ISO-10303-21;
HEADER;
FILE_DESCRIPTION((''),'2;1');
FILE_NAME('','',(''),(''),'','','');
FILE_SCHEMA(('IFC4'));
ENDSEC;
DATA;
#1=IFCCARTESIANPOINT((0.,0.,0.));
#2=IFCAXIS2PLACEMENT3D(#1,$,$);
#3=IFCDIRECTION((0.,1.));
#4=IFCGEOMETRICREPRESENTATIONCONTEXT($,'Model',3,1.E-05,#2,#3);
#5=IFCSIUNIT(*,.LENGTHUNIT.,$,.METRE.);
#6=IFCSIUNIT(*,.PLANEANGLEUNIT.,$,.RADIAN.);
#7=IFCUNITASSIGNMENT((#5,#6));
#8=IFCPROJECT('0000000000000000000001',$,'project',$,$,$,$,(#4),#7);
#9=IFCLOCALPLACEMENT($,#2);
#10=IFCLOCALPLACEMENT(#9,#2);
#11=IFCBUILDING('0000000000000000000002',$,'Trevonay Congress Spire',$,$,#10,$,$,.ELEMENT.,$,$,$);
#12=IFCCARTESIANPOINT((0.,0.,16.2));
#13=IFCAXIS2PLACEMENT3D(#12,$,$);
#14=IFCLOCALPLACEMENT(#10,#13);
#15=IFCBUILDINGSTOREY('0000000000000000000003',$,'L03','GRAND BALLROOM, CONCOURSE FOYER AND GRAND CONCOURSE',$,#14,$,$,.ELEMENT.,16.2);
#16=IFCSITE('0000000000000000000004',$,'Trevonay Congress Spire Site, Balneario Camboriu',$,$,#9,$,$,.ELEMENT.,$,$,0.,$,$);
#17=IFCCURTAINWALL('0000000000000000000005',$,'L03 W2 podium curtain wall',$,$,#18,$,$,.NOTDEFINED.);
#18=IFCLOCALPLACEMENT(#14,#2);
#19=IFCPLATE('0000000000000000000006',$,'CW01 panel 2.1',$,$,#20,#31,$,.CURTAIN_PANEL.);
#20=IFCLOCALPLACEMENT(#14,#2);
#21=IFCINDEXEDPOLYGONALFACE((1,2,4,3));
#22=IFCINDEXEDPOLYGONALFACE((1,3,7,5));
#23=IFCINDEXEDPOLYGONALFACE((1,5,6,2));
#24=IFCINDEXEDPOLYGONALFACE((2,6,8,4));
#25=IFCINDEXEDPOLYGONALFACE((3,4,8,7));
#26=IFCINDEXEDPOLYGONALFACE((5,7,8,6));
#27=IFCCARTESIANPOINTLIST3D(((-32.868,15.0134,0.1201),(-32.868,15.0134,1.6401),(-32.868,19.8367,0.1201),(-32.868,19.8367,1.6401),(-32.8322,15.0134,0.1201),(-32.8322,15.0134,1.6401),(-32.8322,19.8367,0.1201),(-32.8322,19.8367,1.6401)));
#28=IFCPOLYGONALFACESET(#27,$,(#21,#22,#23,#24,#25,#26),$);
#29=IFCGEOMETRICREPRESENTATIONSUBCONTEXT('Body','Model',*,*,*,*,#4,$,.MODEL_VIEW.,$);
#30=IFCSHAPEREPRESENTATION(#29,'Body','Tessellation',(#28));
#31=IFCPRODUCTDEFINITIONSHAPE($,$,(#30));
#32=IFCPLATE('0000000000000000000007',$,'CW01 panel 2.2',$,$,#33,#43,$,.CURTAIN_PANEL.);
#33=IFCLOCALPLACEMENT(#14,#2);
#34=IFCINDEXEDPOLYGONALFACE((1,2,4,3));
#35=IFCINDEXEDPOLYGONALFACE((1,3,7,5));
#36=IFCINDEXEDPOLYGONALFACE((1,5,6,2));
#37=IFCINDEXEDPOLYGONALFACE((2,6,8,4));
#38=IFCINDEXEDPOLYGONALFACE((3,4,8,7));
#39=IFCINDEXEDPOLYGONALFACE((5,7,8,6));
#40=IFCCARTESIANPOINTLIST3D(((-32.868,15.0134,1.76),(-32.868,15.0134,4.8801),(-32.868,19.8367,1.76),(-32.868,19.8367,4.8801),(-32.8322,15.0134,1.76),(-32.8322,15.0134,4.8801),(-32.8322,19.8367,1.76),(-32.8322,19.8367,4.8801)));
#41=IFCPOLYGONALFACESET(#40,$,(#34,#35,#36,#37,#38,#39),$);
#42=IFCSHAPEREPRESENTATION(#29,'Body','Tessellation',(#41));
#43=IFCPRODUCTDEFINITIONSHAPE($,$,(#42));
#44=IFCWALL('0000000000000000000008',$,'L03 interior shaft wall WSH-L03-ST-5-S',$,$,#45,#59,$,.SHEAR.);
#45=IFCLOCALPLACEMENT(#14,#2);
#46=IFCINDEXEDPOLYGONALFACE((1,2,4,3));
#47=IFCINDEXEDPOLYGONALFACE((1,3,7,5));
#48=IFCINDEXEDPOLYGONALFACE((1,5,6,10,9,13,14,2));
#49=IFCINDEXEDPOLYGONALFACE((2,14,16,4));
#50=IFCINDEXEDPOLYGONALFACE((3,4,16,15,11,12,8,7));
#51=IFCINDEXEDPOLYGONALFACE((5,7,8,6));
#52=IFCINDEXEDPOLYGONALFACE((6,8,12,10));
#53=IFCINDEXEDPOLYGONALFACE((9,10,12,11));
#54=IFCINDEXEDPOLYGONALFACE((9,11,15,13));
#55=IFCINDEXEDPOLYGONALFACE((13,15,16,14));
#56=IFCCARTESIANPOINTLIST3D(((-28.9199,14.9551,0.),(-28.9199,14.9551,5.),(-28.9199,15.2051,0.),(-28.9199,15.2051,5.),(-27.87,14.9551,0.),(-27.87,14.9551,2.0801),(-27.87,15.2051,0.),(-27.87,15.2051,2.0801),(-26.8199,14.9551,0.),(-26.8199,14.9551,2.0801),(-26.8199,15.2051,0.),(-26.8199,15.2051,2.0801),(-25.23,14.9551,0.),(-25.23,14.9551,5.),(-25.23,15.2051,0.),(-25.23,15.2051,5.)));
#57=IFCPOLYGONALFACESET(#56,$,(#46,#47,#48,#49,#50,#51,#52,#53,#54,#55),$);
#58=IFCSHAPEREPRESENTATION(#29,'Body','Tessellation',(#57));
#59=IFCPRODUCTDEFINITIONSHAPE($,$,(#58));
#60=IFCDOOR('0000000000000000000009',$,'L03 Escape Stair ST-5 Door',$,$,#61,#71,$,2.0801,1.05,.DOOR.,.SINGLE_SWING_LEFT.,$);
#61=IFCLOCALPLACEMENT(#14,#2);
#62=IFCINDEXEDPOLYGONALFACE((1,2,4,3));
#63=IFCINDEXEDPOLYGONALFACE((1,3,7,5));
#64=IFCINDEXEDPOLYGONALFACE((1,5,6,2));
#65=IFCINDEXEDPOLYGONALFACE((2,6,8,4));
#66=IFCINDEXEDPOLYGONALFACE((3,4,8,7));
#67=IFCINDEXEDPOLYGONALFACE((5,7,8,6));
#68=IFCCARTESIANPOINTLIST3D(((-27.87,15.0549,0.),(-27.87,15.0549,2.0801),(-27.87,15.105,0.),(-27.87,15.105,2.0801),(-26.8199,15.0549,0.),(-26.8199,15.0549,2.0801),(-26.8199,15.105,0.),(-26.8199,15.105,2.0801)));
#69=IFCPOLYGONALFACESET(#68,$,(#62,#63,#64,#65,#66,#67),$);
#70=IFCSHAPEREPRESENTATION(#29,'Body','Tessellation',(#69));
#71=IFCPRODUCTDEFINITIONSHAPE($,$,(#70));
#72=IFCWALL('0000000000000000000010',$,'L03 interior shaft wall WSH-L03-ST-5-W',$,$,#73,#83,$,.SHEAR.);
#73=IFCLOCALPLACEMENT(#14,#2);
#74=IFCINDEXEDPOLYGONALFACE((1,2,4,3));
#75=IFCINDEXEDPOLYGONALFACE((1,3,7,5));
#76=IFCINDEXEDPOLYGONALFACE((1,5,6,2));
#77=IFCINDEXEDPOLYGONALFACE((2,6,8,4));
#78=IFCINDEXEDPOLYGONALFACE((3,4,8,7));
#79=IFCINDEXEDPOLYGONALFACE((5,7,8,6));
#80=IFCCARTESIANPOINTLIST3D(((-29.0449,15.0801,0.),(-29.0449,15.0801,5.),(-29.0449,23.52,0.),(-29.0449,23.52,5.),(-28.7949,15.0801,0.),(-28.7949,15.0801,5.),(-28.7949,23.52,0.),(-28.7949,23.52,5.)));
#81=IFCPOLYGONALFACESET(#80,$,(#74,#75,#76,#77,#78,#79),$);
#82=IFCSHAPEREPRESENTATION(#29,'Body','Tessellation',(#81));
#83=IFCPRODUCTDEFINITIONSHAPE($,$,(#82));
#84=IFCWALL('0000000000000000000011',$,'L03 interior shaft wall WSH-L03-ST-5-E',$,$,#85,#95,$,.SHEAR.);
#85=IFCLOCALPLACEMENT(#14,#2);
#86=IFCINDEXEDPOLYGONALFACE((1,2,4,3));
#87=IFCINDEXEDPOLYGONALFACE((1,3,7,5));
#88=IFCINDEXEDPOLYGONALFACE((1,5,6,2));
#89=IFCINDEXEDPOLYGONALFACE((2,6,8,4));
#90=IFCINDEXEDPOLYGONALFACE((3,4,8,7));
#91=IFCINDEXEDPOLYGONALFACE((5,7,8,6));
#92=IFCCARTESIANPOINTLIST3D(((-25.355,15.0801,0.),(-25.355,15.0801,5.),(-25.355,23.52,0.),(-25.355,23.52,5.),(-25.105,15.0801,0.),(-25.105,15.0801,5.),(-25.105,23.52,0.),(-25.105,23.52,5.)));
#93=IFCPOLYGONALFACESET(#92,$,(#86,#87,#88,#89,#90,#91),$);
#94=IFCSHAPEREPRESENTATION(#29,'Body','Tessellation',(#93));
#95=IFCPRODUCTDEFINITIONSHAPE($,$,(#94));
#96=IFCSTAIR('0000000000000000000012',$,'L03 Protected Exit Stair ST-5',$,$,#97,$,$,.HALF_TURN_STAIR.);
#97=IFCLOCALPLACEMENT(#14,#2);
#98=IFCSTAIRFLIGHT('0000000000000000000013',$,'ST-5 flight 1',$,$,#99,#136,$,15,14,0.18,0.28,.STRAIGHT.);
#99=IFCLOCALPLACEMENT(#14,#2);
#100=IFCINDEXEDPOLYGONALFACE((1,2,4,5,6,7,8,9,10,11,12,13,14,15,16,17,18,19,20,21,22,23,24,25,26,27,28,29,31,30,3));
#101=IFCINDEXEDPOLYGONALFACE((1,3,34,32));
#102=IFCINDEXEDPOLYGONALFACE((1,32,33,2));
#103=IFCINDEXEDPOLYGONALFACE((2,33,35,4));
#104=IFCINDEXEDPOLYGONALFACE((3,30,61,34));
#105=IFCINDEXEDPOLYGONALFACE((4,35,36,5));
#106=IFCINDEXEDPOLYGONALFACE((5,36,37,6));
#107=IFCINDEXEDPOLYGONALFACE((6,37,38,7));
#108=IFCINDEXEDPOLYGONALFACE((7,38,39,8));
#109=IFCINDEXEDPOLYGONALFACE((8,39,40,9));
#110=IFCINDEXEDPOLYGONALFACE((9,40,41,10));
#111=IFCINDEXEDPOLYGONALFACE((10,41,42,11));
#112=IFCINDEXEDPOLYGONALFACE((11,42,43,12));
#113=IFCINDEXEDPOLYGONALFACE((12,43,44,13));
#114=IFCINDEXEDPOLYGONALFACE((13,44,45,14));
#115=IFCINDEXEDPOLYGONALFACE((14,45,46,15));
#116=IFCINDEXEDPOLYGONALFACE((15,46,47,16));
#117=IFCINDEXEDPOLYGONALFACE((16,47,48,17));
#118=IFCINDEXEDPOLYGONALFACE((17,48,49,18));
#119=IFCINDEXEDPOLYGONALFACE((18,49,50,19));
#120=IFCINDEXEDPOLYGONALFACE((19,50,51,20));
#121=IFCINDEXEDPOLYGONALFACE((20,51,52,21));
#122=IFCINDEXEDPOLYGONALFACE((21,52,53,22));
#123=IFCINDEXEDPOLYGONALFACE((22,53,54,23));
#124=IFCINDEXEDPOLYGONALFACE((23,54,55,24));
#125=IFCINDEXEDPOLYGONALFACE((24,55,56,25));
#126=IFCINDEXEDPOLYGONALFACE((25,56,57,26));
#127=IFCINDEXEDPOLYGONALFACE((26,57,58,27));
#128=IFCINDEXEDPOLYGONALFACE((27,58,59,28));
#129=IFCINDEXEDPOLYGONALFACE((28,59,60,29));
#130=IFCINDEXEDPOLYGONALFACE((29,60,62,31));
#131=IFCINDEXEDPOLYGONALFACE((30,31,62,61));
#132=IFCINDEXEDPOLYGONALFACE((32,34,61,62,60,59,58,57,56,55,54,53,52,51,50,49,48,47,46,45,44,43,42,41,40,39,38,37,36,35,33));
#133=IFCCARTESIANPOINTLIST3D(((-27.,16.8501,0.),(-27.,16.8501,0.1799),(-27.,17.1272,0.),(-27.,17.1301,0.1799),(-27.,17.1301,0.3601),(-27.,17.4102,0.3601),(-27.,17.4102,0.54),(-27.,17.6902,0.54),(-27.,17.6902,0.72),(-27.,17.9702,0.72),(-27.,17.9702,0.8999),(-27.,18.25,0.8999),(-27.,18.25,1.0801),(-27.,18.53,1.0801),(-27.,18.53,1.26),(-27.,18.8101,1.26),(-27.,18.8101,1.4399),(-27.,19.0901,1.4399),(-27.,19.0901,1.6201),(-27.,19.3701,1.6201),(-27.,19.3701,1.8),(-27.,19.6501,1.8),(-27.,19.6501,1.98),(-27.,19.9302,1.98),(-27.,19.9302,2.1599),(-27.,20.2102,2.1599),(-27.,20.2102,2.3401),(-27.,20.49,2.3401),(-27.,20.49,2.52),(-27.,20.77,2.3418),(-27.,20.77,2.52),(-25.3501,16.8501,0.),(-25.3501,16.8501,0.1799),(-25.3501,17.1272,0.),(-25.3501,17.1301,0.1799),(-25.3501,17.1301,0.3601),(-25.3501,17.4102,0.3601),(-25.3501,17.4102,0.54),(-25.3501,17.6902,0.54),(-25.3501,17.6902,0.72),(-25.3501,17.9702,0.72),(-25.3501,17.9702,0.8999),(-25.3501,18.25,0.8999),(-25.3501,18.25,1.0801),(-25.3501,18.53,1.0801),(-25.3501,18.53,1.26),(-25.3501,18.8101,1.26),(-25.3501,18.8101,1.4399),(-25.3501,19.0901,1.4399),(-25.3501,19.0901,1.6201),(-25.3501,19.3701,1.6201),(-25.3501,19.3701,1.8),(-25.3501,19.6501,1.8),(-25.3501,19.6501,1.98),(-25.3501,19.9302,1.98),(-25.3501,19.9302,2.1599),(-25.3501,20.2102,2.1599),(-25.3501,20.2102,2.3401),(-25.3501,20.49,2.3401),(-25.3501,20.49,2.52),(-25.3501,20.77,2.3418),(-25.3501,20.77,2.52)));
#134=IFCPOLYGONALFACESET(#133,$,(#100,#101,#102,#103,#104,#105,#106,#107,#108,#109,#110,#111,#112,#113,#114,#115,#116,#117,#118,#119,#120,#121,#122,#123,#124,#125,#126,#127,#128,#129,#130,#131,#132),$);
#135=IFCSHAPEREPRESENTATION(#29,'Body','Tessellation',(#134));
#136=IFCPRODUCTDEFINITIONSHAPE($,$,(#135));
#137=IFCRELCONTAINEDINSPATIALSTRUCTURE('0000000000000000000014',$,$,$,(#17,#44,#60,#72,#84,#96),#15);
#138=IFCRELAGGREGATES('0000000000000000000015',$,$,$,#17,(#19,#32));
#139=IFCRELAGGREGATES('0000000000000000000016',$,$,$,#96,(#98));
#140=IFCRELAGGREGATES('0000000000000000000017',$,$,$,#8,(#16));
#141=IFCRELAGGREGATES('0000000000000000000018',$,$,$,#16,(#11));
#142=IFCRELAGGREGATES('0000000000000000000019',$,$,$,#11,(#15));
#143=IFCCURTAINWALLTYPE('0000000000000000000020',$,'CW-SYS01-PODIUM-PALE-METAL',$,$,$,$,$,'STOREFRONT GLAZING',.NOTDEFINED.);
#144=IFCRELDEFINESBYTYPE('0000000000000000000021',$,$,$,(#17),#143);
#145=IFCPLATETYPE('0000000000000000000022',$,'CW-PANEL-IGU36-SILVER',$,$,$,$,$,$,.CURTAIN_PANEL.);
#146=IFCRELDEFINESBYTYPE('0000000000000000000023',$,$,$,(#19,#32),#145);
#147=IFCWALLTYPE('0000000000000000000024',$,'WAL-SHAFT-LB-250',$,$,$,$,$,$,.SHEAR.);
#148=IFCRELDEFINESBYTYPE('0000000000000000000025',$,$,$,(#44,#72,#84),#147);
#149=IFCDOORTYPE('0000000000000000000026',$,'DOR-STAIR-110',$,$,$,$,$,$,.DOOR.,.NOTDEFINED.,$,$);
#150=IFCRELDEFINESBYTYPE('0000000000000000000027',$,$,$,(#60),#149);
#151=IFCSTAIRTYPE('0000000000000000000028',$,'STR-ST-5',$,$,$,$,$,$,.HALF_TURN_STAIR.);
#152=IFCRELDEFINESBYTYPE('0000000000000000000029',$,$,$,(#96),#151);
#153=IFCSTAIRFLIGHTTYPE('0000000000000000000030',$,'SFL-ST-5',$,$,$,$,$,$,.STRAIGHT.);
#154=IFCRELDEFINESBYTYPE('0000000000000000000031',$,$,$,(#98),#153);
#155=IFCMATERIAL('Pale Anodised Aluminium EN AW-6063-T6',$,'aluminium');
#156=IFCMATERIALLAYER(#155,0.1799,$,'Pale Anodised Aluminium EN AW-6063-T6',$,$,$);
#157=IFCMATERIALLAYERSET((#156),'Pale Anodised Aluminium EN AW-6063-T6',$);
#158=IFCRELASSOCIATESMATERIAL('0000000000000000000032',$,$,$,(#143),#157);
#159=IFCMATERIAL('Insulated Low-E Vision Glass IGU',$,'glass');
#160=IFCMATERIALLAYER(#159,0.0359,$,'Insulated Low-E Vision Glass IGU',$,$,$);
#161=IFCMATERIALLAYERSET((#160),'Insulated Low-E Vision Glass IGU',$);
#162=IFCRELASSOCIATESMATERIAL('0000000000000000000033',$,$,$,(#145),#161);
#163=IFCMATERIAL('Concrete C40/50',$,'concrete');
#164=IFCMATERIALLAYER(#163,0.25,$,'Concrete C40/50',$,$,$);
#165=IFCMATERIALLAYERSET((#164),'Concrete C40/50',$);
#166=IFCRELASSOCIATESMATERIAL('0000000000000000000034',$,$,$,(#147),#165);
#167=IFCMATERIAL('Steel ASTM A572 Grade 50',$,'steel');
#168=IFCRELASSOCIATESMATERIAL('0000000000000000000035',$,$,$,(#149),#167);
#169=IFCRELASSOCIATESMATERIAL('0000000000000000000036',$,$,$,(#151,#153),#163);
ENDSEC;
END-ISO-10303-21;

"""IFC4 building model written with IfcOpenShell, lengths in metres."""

from ifc_helpers import new_model, si_unit, direction, frame, frame_2d, origin, origin_2d, place, context, subcontext, project, spatial, polyline, rectangle, outline, extrude, material, layer, layer_set, type_object, element, fill, aggregate, save


model = new_model("IFC4")

# Units and contexts
model_context = context("Model", 3, precision=1e-05, world=origin(), true_north=direction((0.0, 1.0)))
body_context = subcontext(model_context, "Body", "Model", "MODEL_VIEW")
ifc_project = project(units=[si_unit("LENGTHUNIT", "METRE"), si_unit("PLANEANGLEUNIT", "RADIAN")], contexts=[model_context])

# Site, building, storey
site_placement = place(None, origin())
site = spatial("IfcSite", under=ifc_project, at=site_placement, Name="Trevonay Congress Spire Site, Balneario Camboriu", CompositionType="ELEMENT", RefElevation=0.0)
building_placement = place(site_placement, origin())
building = spatial("IfcBuilding", under=site, at=building_placement, Name="Trevonay Congress Spire", CompositionType="ELEMENT")
storey_placement = place(building_placement, frame((0.0, 0.0, 16.2)))
storey = spatial("IfcBuildingStorey", under=building, at=storey_placement, Name="L03", Description="GRAND BALLROOM, CONCOURSE FOYER AND GRAND CONCOURSE", CompositionType="ELEMENT", Elevation=16.2)

# Shared definitions
ifc_material_1 = material(Name="Steel ASTM A572 Grade 50", Category="steel")

# Curtain wall, plates
ifc_material_2 = material(Name="Pale Anodised Aluminium EN AW-6063-T6", Category="aluminium")
ifc_layer_1 = layer(ifc_material_2, 0.1799, Name="Pale Anodised Aluminium EN AW-6063-T6")
ifc_layer_set_1 = layer_set([ifc_layer_1], Name="Pale Anodised Aluminium EN AW-6063-T6")
curtain_wall_type = type_object("IfcCurtainWallType", Name="CW-SYS01-PODIUM-PALE-METAL", ElementType="STOREFRONT GLAZING", PredefinedType="NOTDEFINED", material=ifc_layer_set_1)
curtain_wall_placement = place(storey_placement, origin())
curtain_wall = element("IfcCurtainWall", 1, at=curtain_wall_placement, inside=storey, type_object=curtain_wall_type, Name="L03 W2 podium curtain wall", PredefinedType="NOTDEFINED")
ifc_material_3 = material(Name="Insulated Low-E Vision Glass IGU", Category="glass")
ifc_layer_2 = layer(ifc_material_3, 0.0359, Name="Insulated Low-E Vision Glass IGU")
ifc_layer_set_2 = layer_set([ifc_layer_2], Name="Insulated Low-E Vision Glass IGU")
plate_type = type_object("IfcPlateType", Name="CW-PANEL-IGU36-SILVER", PredefinedType="CURTAIN_PANEL", material=ifc_layer_set_2)
plate_1_placement = place(storey_placement, frame((-32.8501, 17.425, 0.1201), z_axis=(0.0, 0.0, 1.0), x_axis=(0.0, 1.0, 0.0)))
plate_1 = element("IfcPlate", 2, at=plate_1_placement, type_object=plate_type, Name="CW01 panel 2.1", PredefinedType="CURTAIN_PANEL", context=body_context, shape_type="SweptSolid", body=[
    extrude(rectangle(XDim=4.8232, YDim=0.0359, at=origin_2d()), origin(), (0.0, 0.0, 1.0), 1.52),
])
plate_2_placement = place(storey_placement, frame((-32.8501, 17.425, 1.76), z_axis=(0.0, 0.0, 1.0), x_axis=(0.0, 1.0, 0.0)))
plate_2 = element("IfcPlate", 3, at=plate_2_placement, type_object=plate_type, Name="CW01 panel 2.2", PredefinedType="CURTAIN_PANEL", context=body_context, shape_type="SweptSolid", body=[
    extrude(rectangle(XDim=4.8232, YDim=0.0359, at=origin_2d()), origin(), (0.0, 0.0, 1.0), 3.1201),
])
aggregate(curtain_wall, [plate_1, plate_2])

# Wall, opening, door
ifc_material_4 = material(Name="Concrete C40/50", Category="concrete")
ifc_layer_3 = layer(ifc_material_4, 0.25, Name="Concrete C40/50")
ifc_layer_set_3 = layer_set([ifc_layer_3], Name="Concrete C40/50")
wall_type = type_object("IfcWallType", Name="WAL-SHAFT-LB-250", PredefinedType="SHEAR", material=ifc_layer_set_3)
wall_placement = place(storey_placement, frame((-28.9199, 15.0801, 0.0), z_axis=(0.0, 0.0, 1.0), x_axis=(1.0, 0.0, 0.0)))
wall = element("IfcWall", 4, at=wall_placement, inside=storey, type_object=wall_type, Name="L03 interior shaft wall WSH-L03-ST-5-S", PredefinedType="SHEAR", context=body_context, shape_type="SweptSolid", body=[
    extrude(rectangle(XDim=3.6899, YDim=0.25, at=frame_2d((1.845, 0.0))), origin(), (0.0, 0.0, 1.0), 5.0),
])
opening_placement = place(wall_placement, frame((1.05, 0.0, 0.0)))
opening = element("IfcOpeningElement", 5, at=opening_placement, cuts=wall, PredefinedType="OPENING", context=body_context, shape_type="SweptSolid", body=[
    extrude(rectangle(XDim=1.05, YDim=2.0801, at=frame_2d((0.5249, 1.04))), frame((0.0, 0.135, 0.0), z_axis=(0.0, -1.0, 0.0), x_axis=(1.0, 0.0, 0.0)), (0.0, 0.0, 1.0), 0.27),
])
door_type = type_object("IfcDoorType", Name="DOR-STAIR-110", OperationType="NOTDEFINED", PredefinedType="DOOR", material=ifc_material_1)
door_placement = place(opening_placement, origin())
door = element("IfcDoor", 6, at=door_placement, inside=storey, type_object=door_type, Name="L03 Escape Stair ST-5 Door", OperationType="SINGLE_SWING_LEFT", OverallHeight=2.0801, OverallWidth=1.05, PredefinedType="DOOR", context=body_context, shape_type="SweptSolid", body=[
    extrude(rectangle(XDim=1.05, YDim=2.0801, at=frame_2d((0.5249, 1.04))), frame((0.0, 0.0249, 0.0), z_axis=(0.0, -1.0, 0.0), x_axis=(1.0, 0.0, 0.0)), (0.0, 0.0, 1.0), 0.05),
])
fill(opening, door)

# Walls
for number, where, z_axis, x_axis, name in (
    (7, (-28.9199, 15.0801, 0.0), (0.0, 0.0, 1.0), (0.0, 1.0, 0.0), "L03 interior shaft wall WSH-L03-ST-5-W"),
    (8, (-25.23, 15.0801, 0.0), (0.0, 0.0, 1.0), (0.0, 1.0, 0.0), "L03 interior shaft wall WSH-L03-ST-5-E"),
):
    element("IfcWall", number, at=place(storey_placement, frame(where, z_axis=z_axis, x_axis=x_axis)), inside=storey, type_object=wall_type, Name=name, PredefinedType="SHEAR", context=body_context, shape_type="SweptSolid", body=[
        extrude(rectangle(XDim=8.4399, YDim=0.25, at=frame_2d((4.22, 0.0))), origin(), (0.0, 0.0, 1.0), 5.0),
    ])

# Stair, stair flight
stair_type = type_object("IfcStairType", Name="STR-ST-5", PredefinedType="HALF_TURN_STAIR", material=ifc_material_4)
stair_placement = place(storey_placement, origin())
stair = element("IfcStair", 9, at=stair_placement, inside=storey, type_object=stair_type, Name="L03 Protected Exit Stair ST-5", PredefinedType="HALF_TURN_STAIR")
stair_flight_type = type_object("IfcStairFlightType", Name="SFL-ST-5", PredefinedType="STRAIGHT", material=ifc_material_4)
stair_flight_placement = place(storey_placement, frame((-26.175, 16.8501, 0.0), z_axis=(0.0, 0.0, 1.0), x_axis=(0.0, 1.0, 0.0)))
stair_flight = element("IfcStairFlight", 10, at=stair_flight_placement, type_object=stair_flight_type, Name="ST-5 flight 1", NumberOfRisers=15, NumberOfTreads=14, PredefinedType="STRAIGHT", RiserHeight=0.18, TreadLength=0.28, context=body_context, shape_type="SweptSolid", body=[
    extrude(outline(polyline([(0.0, 0.0), (0.0, 0.1799), (0.28, 0.1799), (0.28, 0.3601), (0.5601, 0.3601), (0.5601, 0.54), (0.8401, 0.54), (0.8401, 0.72), (1.1201, 0.72), (1.1201, 0.8999), (1.3999, 0.8999), (1.3999, 1.0801), (1.6799, 1.0801), (1.6799, 1.26), (1.96, 1.26), (1.96, 1.4399), (2.24, 1.4399), (2.24, 1.6201), (2.52, 1.6201), (2.52, 1.8), (2.8, 1.8), (2.8, 1.98), (3.0801, 1.98), (3.0801, 2.1599), (3.3601, 2.1599), (3.3601, 2.3401), (3.6399, 2.3401), (3.6399, 2.52), (3.9199, 2.52), (3.9199, 2.7), (3.9199, 2.3418), (0.2771, 0.0), (0.0, 0.0)])), frame((0.0, 0.825, 0.0), z_axis=(0.0, -1.0, 0.0), x_axis=(1.0, 0.0, 0.0)), (0.0, 0.0, 1.0), 1.6499),
])
aggregate(stair, [stair_flight])

save(model, "model.ifc")
